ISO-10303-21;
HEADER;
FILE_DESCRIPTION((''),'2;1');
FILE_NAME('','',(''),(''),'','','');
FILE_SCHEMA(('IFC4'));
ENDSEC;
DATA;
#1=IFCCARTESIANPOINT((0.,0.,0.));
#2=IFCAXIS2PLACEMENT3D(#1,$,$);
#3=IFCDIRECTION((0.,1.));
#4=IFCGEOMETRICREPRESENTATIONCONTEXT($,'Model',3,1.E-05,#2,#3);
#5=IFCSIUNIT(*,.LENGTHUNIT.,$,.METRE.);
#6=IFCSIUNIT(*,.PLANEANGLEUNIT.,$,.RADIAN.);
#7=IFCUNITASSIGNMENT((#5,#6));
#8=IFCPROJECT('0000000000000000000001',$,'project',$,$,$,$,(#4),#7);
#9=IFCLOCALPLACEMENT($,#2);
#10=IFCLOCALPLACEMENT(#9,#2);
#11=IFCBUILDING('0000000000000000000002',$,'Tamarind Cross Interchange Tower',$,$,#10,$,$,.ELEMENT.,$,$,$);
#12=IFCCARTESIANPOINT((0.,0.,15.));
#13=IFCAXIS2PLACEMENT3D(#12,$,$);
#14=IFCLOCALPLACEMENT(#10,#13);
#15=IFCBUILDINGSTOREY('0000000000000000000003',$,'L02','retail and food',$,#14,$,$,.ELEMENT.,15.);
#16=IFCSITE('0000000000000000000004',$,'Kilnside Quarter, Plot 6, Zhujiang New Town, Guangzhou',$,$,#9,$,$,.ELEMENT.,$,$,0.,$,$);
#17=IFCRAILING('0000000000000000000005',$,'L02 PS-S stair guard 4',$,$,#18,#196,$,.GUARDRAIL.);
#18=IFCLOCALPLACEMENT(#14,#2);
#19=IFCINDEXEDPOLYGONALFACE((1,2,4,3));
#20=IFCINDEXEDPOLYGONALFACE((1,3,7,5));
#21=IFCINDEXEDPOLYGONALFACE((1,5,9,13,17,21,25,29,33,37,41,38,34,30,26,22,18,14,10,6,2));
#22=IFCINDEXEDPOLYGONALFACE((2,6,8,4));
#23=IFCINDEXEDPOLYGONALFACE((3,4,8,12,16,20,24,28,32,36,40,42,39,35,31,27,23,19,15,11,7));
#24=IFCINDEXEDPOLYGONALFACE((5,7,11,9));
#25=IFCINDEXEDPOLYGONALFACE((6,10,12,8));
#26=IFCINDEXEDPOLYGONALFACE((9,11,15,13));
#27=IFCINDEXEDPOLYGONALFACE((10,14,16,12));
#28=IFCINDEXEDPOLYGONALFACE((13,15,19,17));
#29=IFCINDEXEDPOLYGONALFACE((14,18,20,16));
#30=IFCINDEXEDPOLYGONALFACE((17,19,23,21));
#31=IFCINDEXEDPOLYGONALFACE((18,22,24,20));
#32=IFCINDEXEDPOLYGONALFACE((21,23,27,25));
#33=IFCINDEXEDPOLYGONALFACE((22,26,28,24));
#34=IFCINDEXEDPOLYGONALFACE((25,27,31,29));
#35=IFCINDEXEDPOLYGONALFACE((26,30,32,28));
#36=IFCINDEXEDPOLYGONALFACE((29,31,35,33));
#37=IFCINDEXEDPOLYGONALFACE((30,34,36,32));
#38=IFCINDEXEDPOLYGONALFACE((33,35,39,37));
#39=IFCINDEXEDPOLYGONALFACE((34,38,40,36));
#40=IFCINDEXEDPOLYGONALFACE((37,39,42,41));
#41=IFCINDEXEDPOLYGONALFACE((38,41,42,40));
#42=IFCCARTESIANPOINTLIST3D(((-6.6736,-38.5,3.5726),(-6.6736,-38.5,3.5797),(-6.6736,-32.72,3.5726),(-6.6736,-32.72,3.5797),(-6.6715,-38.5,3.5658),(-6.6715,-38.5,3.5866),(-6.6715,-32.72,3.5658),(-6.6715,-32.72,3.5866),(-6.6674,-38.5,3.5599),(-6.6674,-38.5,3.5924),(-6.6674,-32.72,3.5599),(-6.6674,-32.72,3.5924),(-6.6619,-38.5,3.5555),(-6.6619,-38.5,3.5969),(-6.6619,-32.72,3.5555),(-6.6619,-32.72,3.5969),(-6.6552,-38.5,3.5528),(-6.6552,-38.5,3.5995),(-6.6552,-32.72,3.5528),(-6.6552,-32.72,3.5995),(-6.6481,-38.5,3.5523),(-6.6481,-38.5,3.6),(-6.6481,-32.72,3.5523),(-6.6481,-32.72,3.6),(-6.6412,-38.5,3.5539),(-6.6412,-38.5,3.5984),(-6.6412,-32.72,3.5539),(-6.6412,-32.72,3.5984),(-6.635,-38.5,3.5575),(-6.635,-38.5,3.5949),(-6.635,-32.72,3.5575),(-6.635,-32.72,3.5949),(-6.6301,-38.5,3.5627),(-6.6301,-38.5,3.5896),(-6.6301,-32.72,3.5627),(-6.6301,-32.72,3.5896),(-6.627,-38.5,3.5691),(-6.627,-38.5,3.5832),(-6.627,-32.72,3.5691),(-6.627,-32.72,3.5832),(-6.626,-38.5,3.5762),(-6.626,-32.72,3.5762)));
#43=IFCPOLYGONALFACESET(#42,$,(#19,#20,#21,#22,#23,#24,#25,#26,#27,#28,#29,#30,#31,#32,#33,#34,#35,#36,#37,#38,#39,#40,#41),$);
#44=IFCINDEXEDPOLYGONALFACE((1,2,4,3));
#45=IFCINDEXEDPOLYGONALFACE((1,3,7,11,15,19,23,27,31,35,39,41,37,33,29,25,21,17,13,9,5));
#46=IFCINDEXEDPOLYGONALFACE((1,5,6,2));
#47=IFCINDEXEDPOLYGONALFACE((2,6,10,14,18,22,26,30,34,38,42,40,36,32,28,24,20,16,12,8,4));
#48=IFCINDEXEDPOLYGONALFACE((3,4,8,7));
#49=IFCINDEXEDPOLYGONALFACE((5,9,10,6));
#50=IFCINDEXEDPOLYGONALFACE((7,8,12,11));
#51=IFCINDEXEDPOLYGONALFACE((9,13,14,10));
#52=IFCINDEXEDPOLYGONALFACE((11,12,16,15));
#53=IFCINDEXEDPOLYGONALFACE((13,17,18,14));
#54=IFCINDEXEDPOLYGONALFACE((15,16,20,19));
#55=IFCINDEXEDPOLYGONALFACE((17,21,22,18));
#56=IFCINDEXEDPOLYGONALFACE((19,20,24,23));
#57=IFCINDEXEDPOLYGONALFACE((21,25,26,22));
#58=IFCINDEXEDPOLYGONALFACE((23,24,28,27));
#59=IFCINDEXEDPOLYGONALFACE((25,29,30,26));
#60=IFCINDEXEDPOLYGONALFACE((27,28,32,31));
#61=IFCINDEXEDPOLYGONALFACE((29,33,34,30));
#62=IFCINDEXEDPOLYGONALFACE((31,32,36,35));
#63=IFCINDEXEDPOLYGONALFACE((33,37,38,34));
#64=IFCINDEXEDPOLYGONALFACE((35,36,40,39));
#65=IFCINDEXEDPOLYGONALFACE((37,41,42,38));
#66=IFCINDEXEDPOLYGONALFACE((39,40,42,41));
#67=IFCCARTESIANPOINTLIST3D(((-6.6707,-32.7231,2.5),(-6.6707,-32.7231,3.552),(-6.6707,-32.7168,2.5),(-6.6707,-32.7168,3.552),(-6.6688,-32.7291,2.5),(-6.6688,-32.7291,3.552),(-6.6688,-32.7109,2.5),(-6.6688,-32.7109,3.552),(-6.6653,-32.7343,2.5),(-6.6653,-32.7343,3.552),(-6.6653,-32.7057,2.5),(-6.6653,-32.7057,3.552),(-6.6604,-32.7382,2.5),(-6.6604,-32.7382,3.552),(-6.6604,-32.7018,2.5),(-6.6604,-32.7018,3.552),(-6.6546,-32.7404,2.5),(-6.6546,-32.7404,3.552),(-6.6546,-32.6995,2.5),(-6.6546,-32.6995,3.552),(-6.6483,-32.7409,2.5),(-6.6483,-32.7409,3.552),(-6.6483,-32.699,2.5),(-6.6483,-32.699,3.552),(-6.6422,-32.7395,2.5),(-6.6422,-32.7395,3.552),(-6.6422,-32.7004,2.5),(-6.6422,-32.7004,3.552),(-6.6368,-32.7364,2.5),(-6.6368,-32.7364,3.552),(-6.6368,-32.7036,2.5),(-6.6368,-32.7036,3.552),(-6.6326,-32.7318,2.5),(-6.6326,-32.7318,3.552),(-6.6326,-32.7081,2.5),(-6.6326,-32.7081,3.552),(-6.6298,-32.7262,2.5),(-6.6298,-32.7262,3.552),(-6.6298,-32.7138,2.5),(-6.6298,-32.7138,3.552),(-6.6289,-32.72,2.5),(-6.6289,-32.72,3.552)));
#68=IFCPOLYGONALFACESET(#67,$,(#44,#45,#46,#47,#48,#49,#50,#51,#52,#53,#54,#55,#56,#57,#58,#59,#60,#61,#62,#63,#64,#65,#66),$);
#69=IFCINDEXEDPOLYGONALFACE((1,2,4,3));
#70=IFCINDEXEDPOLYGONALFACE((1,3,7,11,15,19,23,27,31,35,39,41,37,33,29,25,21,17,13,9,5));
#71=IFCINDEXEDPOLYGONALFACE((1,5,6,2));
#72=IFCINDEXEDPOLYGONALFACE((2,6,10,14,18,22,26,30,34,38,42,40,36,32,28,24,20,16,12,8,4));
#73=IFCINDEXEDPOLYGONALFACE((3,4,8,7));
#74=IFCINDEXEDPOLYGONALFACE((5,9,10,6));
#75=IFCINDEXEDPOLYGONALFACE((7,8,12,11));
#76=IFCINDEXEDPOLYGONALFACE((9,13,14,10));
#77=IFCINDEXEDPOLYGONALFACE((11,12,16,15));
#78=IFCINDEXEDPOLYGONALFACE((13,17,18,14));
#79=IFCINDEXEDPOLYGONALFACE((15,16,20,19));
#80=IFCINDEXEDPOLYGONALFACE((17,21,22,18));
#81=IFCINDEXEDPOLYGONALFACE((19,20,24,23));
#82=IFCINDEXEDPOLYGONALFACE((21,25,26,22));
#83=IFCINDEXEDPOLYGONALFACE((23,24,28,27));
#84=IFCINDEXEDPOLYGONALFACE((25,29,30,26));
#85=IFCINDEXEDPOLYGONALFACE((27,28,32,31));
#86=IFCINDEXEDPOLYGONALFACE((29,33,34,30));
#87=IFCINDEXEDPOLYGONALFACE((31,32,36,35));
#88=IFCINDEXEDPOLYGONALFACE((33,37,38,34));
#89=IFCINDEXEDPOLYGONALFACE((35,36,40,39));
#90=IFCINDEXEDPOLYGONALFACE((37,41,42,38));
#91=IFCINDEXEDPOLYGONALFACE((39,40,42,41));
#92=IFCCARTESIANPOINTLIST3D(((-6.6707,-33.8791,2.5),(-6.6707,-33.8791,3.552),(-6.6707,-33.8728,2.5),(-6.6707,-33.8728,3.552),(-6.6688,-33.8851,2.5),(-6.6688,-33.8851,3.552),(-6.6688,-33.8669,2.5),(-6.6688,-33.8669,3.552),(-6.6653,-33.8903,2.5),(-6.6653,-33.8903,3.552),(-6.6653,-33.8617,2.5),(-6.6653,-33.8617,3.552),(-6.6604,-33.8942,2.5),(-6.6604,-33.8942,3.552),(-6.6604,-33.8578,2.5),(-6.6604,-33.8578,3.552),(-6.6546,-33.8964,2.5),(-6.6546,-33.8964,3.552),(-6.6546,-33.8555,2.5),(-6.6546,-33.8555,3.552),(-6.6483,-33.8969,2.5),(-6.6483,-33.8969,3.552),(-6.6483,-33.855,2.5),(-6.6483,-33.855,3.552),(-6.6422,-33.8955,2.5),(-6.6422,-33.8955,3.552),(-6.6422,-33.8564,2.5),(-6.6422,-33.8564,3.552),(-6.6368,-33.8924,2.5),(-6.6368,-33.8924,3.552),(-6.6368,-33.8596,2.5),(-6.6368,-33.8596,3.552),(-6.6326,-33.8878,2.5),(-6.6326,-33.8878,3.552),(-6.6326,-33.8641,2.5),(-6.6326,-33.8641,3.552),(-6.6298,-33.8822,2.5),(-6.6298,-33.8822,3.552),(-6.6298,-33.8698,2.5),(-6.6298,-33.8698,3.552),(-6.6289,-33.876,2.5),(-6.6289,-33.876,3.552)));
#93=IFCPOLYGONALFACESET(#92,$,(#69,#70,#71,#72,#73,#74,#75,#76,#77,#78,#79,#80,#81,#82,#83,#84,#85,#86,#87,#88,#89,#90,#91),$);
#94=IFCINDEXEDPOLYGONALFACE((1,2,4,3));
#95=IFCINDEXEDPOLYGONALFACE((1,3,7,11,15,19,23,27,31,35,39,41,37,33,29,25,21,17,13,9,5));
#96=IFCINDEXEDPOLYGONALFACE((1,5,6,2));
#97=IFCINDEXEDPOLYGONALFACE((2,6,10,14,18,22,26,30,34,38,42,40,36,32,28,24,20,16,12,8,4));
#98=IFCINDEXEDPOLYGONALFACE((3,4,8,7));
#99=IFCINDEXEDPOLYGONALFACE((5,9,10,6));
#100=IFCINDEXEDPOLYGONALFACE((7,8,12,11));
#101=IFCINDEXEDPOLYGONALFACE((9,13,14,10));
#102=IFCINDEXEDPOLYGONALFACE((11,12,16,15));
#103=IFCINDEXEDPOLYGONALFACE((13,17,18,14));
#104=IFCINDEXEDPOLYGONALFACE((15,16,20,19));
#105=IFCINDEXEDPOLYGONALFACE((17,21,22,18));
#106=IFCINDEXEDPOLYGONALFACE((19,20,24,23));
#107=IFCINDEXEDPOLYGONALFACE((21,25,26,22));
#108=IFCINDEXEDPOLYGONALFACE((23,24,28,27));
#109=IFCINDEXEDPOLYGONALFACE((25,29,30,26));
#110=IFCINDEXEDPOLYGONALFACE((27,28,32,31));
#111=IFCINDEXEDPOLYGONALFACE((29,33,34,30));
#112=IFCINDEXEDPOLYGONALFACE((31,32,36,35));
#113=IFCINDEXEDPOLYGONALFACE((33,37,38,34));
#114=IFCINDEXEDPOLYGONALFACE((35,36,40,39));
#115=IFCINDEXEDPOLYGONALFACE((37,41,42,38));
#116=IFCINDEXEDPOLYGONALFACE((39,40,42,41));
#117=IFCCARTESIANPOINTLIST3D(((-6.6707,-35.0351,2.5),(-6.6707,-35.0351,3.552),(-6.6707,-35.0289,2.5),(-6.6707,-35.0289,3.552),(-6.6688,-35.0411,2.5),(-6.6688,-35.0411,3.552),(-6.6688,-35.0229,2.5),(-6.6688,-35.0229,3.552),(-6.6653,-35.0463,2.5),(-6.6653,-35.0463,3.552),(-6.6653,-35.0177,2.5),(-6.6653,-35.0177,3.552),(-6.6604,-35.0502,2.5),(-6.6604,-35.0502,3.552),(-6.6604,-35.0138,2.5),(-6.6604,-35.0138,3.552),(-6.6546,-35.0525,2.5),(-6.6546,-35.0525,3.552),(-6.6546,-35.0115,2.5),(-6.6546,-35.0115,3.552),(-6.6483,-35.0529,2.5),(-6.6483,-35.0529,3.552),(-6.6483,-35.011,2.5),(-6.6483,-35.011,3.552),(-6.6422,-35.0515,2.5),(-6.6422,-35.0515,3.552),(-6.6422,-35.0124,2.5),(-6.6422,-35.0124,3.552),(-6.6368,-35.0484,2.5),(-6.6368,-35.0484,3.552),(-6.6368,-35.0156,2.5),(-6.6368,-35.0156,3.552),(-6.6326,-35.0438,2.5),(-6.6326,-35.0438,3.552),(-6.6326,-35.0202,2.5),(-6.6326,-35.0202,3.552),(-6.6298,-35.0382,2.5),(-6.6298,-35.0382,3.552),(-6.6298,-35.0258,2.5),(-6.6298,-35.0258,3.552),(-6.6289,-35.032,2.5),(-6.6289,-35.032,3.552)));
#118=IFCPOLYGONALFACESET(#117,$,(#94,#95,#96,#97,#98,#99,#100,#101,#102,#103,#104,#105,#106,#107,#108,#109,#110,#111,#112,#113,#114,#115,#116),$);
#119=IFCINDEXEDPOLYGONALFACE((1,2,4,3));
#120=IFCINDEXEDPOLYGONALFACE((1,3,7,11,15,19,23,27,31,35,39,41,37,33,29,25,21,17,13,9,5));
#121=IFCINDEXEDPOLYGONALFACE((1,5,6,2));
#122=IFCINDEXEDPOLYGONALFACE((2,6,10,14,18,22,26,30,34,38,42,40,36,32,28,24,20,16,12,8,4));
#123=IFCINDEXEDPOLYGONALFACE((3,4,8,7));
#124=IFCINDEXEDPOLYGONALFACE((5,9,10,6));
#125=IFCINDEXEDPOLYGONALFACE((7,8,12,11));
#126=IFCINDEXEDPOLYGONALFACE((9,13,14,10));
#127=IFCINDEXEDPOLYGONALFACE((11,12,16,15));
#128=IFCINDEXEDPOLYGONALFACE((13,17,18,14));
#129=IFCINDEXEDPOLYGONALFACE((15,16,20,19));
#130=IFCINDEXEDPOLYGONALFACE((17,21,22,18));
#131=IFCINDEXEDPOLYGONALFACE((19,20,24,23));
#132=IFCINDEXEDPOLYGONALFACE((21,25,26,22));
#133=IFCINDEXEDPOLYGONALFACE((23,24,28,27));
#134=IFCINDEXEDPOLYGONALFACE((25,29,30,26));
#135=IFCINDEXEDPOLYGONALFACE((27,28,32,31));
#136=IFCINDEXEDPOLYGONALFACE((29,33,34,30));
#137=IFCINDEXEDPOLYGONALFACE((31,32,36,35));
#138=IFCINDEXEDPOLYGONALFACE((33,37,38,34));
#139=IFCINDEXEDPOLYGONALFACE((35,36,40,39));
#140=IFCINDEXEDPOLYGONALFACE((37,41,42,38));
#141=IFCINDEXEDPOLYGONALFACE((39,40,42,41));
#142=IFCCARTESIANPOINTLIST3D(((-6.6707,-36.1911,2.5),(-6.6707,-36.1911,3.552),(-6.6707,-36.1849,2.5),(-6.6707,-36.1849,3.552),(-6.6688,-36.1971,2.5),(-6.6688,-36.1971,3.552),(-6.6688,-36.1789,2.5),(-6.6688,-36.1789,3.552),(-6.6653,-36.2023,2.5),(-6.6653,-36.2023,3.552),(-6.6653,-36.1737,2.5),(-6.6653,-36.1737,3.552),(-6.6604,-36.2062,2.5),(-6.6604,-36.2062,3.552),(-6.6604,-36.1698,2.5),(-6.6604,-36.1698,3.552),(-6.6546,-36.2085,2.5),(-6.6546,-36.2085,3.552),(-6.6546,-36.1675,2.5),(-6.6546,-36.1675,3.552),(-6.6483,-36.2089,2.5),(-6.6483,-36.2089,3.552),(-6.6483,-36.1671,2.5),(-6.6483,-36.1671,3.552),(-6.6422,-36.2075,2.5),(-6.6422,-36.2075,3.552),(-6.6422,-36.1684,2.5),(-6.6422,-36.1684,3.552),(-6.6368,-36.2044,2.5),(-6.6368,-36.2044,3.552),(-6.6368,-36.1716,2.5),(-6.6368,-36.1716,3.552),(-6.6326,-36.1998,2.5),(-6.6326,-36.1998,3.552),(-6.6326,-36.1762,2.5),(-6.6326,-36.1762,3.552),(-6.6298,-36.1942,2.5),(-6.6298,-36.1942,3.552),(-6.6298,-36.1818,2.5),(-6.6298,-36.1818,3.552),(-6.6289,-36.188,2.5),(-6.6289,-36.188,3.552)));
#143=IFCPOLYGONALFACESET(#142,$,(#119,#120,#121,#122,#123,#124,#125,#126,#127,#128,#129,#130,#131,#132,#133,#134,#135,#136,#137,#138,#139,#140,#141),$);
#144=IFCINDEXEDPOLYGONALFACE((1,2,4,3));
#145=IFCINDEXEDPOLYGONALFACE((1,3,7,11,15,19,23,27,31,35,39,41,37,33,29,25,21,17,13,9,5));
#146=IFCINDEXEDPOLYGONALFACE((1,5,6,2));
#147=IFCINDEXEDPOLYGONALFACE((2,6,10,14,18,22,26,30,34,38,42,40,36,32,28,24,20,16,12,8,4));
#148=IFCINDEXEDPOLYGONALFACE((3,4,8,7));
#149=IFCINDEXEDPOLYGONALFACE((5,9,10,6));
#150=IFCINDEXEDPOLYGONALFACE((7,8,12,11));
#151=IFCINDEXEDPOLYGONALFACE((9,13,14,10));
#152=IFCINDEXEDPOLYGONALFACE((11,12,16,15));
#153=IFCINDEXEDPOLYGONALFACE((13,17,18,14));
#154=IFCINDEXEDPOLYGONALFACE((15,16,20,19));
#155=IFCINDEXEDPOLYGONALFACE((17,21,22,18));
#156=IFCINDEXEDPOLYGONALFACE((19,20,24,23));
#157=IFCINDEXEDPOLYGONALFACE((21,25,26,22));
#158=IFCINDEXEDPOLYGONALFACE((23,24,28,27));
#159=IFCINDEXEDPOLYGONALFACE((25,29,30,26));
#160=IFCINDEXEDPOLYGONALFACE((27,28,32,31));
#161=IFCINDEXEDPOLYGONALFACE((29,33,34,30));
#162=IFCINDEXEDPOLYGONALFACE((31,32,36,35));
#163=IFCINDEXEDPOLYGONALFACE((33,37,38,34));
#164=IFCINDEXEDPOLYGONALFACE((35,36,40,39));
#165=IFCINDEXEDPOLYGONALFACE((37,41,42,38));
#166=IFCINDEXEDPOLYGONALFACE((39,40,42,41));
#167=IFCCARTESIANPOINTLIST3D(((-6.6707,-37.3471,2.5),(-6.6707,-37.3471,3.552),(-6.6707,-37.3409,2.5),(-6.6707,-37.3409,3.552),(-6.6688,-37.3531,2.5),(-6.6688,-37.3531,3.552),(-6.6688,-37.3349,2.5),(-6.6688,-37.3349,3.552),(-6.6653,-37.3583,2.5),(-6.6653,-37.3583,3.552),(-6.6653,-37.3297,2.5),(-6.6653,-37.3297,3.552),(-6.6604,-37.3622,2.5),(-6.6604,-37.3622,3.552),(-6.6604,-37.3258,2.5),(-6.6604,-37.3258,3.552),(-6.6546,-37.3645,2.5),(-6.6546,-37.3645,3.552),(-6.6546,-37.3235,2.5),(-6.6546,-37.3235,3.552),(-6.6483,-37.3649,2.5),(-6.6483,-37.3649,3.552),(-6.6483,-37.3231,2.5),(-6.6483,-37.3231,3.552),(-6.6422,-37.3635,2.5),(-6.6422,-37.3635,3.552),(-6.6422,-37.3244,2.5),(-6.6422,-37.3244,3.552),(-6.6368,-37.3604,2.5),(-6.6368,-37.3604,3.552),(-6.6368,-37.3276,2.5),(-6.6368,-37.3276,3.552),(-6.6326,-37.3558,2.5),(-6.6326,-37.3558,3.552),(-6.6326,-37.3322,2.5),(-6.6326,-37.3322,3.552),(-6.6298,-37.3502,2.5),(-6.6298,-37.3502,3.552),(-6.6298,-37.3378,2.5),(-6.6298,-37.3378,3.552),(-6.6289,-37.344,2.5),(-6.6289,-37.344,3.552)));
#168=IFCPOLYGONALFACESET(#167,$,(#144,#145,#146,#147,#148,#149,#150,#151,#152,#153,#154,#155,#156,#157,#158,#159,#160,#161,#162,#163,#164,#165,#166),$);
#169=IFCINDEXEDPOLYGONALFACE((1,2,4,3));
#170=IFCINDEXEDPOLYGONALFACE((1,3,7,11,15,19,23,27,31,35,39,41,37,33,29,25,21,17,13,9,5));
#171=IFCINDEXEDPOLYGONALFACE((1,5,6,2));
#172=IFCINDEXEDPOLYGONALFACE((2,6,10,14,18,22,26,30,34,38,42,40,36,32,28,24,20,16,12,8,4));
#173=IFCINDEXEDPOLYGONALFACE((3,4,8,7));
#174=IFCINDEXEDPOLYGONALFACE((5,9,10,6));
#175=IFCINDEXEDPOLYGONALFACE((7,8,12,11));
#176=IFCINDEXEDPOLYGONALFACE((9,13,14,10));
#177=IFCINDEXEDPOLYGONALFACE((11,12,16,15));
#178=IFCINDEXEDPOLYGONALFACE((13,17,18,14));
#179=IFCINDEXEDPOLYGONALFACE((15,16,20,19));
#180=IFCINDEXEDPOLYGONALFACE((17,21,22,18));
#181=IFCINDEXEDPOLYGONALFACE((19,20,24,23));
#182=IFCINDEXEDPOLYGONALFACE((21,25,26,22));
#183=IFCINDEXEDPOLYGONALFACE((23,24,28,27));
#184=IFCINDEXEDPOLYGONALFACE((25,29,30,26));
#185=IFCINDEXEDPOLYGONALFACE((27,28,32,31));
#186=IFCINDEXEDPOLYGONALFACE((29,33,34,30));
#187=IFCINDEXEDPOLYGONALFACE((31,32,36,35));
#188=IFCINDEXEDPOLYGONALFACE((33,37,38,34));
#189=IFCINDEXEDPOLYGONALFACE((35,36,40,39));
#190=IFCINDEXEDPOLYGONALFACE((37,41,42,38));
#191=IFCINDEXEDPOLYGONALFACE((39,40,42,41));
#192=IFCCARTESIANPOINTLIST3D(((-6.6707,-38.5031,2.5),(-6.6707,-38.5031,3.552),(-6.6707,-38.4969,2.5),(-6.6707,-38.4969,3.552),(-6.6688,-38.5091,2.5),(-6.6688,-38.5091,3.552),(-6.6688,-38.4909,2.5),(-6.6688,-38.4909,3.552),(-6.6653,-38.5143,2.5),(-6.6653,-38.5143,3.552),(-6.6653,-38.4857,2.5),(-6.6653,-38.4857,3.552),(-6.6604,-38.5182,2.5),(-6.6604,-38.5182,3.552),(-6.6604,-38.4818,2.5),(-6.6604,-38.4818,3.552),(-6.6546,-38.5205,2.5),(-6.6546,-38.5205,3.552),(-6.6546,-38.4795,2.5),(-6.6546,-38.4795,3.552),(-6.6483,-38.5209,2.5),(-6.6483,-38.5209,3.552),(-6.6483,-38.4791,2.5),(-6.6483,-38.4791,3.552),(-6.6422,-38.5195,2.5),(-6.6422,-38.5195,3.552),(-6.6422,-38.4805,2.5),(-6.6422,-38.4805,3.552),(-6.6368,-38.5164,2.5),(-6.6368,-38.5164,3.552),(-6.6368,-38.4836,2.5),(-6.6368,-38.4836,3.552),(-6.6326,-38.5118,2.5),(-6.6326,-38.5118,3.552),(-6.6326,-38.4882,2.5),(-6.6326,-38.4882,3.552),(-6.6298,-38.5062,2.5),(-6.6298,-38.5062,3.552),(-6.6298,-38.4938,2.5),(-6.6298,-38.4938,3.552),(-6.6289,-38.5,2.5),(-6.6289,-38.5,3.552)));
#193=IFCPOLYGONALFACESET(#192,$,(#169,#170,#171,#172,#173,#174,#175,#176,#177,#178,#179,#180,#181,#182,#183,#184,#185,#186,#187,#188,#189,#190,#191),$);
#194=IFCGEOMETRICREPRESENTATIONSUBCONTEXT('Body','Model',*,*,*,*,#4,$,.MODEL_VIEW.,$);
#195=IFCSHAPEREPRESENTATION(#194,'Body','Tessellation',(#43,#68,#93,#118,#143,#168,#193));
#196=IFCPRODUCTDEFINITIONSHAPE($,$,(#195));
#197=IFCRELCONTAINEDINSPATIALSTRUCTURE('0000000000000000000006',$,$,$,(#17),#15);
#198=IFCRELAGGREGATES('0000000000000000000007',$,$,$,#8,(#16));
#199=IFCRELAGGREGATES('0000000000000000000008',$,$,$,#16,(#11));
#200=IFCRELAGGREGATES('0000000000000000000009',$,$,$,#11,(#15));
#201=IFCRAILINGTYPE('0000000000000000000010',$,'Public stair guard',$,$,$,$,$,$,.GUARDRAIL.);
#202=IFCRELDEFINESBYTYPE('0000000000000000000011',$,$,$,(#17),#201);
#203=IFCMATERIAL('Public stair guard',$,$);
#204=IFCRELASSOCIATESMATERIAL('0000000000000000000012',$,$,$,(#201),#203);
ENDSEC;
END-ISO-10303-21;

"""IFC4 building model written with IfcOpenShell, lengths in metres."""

from ifc_helpers import new_model, si_unit, direction, frame, origin, origin_2d, place, context, subcontext, project, spatial, circle, extrude, material, type_object, element, save


model = new_model("IFC4")

# Units and contexts
model_context = context("Model", 3, precision=1e-05, world=origin(), true_north=direction((0.0, 1.0)))
body_context = subcontext(model_context, "Body", "Model", "MODEL_VIEW")
ifc_project = project(units=[si_unit("LENGTHUNIT", "METRE"), si_unit("PLANEANGLEUNIT", "RADIAN")], contexts=[model_context])

# Site, building, storey
site_placement = place(None, origin())
site = spatial("IfcSite", under=ifc_project, at=site_placement, Name="Kilnside Quarter, Plot 6, Zhujiang New Town, Guangzhou", CompositionType="ELEMENT", RefElevation=0.0)
building_placement = place(site_placement, origin())
building = spatial("IfcBuilding", under=site, at=building_placement, Name="Tamarind Cross Interchange Tower", CompositionType="ELEMENT")
storey_placement = place(building_placement, frame((0.0, 0.0, 15.0)))
storey = spatial("IfcBuildingStorey", under=building, at=storey_placement, Name="L02", Description="retail and food", CompositionType="ELEMENT", Elevation=15.0)

# Railing
ifc_material_1 = material(Name="Public stair guard")
railing_type_1 = type_object("IfcRailingType", Name="Public stair guard", PredefinedType="GUARDRAIL", material=ifc_material_1)
for number, where, name in (
    (1, (-6.6499, -32.72, 2.5), "L02 PS-S stair guard 4"),
):
    element("IfcRailing", number, at=place(storey_placement, frame(where)), inside=storey, type_object=railing_type_1, Name=name, PredefinedType="GUARDRAIL", context=body_context, shape_type="SweptSolid", body=[
        extrude(circle(Radius=0.0239, at=origin_2d()), frame((0.0, 0.0, 1.0762), z_axis=(0.0, -1.0, 0.0), x_axis=(1.0, 0.0, 0.0)), (0.0, 0.0, 1.0), 5.78),
        extrude(circle(Radius=0.021, at=origin_2d()), origin(), (0.0, 0.0, 1.0), 1.052),
        extrude(circle(Radius=0.021, at=origin_2d()), frame((0.0, -1.156, 0.0)), (0.0, 0.0, 1.0), 1.052),
        extrude(circle(Radius=0.021, at=origin_2d()), frame((0.0, -2.312, 0.0)), (0.0, 0.0, 1.0), 1.052),
        extrude(circle(Radius=0.021, at=origin_2d()), frame((0.0, -3.468, 0.0)), (0.0, 0.0, 1.0), 1.052),
        extrude(circle(Radius=0.021, at=origin_2d()), frame((0.0, -4.624, 0.0)), (0.0, 0.0, 1.0), 1.052),
        extrude(circle(Radius=0.021, at=origin_2d()), frame((0.0, -5.78, 0.0)), (0.0, 0.0, 1.0), 1.052),
    ])

save(model, "model.ifc")
